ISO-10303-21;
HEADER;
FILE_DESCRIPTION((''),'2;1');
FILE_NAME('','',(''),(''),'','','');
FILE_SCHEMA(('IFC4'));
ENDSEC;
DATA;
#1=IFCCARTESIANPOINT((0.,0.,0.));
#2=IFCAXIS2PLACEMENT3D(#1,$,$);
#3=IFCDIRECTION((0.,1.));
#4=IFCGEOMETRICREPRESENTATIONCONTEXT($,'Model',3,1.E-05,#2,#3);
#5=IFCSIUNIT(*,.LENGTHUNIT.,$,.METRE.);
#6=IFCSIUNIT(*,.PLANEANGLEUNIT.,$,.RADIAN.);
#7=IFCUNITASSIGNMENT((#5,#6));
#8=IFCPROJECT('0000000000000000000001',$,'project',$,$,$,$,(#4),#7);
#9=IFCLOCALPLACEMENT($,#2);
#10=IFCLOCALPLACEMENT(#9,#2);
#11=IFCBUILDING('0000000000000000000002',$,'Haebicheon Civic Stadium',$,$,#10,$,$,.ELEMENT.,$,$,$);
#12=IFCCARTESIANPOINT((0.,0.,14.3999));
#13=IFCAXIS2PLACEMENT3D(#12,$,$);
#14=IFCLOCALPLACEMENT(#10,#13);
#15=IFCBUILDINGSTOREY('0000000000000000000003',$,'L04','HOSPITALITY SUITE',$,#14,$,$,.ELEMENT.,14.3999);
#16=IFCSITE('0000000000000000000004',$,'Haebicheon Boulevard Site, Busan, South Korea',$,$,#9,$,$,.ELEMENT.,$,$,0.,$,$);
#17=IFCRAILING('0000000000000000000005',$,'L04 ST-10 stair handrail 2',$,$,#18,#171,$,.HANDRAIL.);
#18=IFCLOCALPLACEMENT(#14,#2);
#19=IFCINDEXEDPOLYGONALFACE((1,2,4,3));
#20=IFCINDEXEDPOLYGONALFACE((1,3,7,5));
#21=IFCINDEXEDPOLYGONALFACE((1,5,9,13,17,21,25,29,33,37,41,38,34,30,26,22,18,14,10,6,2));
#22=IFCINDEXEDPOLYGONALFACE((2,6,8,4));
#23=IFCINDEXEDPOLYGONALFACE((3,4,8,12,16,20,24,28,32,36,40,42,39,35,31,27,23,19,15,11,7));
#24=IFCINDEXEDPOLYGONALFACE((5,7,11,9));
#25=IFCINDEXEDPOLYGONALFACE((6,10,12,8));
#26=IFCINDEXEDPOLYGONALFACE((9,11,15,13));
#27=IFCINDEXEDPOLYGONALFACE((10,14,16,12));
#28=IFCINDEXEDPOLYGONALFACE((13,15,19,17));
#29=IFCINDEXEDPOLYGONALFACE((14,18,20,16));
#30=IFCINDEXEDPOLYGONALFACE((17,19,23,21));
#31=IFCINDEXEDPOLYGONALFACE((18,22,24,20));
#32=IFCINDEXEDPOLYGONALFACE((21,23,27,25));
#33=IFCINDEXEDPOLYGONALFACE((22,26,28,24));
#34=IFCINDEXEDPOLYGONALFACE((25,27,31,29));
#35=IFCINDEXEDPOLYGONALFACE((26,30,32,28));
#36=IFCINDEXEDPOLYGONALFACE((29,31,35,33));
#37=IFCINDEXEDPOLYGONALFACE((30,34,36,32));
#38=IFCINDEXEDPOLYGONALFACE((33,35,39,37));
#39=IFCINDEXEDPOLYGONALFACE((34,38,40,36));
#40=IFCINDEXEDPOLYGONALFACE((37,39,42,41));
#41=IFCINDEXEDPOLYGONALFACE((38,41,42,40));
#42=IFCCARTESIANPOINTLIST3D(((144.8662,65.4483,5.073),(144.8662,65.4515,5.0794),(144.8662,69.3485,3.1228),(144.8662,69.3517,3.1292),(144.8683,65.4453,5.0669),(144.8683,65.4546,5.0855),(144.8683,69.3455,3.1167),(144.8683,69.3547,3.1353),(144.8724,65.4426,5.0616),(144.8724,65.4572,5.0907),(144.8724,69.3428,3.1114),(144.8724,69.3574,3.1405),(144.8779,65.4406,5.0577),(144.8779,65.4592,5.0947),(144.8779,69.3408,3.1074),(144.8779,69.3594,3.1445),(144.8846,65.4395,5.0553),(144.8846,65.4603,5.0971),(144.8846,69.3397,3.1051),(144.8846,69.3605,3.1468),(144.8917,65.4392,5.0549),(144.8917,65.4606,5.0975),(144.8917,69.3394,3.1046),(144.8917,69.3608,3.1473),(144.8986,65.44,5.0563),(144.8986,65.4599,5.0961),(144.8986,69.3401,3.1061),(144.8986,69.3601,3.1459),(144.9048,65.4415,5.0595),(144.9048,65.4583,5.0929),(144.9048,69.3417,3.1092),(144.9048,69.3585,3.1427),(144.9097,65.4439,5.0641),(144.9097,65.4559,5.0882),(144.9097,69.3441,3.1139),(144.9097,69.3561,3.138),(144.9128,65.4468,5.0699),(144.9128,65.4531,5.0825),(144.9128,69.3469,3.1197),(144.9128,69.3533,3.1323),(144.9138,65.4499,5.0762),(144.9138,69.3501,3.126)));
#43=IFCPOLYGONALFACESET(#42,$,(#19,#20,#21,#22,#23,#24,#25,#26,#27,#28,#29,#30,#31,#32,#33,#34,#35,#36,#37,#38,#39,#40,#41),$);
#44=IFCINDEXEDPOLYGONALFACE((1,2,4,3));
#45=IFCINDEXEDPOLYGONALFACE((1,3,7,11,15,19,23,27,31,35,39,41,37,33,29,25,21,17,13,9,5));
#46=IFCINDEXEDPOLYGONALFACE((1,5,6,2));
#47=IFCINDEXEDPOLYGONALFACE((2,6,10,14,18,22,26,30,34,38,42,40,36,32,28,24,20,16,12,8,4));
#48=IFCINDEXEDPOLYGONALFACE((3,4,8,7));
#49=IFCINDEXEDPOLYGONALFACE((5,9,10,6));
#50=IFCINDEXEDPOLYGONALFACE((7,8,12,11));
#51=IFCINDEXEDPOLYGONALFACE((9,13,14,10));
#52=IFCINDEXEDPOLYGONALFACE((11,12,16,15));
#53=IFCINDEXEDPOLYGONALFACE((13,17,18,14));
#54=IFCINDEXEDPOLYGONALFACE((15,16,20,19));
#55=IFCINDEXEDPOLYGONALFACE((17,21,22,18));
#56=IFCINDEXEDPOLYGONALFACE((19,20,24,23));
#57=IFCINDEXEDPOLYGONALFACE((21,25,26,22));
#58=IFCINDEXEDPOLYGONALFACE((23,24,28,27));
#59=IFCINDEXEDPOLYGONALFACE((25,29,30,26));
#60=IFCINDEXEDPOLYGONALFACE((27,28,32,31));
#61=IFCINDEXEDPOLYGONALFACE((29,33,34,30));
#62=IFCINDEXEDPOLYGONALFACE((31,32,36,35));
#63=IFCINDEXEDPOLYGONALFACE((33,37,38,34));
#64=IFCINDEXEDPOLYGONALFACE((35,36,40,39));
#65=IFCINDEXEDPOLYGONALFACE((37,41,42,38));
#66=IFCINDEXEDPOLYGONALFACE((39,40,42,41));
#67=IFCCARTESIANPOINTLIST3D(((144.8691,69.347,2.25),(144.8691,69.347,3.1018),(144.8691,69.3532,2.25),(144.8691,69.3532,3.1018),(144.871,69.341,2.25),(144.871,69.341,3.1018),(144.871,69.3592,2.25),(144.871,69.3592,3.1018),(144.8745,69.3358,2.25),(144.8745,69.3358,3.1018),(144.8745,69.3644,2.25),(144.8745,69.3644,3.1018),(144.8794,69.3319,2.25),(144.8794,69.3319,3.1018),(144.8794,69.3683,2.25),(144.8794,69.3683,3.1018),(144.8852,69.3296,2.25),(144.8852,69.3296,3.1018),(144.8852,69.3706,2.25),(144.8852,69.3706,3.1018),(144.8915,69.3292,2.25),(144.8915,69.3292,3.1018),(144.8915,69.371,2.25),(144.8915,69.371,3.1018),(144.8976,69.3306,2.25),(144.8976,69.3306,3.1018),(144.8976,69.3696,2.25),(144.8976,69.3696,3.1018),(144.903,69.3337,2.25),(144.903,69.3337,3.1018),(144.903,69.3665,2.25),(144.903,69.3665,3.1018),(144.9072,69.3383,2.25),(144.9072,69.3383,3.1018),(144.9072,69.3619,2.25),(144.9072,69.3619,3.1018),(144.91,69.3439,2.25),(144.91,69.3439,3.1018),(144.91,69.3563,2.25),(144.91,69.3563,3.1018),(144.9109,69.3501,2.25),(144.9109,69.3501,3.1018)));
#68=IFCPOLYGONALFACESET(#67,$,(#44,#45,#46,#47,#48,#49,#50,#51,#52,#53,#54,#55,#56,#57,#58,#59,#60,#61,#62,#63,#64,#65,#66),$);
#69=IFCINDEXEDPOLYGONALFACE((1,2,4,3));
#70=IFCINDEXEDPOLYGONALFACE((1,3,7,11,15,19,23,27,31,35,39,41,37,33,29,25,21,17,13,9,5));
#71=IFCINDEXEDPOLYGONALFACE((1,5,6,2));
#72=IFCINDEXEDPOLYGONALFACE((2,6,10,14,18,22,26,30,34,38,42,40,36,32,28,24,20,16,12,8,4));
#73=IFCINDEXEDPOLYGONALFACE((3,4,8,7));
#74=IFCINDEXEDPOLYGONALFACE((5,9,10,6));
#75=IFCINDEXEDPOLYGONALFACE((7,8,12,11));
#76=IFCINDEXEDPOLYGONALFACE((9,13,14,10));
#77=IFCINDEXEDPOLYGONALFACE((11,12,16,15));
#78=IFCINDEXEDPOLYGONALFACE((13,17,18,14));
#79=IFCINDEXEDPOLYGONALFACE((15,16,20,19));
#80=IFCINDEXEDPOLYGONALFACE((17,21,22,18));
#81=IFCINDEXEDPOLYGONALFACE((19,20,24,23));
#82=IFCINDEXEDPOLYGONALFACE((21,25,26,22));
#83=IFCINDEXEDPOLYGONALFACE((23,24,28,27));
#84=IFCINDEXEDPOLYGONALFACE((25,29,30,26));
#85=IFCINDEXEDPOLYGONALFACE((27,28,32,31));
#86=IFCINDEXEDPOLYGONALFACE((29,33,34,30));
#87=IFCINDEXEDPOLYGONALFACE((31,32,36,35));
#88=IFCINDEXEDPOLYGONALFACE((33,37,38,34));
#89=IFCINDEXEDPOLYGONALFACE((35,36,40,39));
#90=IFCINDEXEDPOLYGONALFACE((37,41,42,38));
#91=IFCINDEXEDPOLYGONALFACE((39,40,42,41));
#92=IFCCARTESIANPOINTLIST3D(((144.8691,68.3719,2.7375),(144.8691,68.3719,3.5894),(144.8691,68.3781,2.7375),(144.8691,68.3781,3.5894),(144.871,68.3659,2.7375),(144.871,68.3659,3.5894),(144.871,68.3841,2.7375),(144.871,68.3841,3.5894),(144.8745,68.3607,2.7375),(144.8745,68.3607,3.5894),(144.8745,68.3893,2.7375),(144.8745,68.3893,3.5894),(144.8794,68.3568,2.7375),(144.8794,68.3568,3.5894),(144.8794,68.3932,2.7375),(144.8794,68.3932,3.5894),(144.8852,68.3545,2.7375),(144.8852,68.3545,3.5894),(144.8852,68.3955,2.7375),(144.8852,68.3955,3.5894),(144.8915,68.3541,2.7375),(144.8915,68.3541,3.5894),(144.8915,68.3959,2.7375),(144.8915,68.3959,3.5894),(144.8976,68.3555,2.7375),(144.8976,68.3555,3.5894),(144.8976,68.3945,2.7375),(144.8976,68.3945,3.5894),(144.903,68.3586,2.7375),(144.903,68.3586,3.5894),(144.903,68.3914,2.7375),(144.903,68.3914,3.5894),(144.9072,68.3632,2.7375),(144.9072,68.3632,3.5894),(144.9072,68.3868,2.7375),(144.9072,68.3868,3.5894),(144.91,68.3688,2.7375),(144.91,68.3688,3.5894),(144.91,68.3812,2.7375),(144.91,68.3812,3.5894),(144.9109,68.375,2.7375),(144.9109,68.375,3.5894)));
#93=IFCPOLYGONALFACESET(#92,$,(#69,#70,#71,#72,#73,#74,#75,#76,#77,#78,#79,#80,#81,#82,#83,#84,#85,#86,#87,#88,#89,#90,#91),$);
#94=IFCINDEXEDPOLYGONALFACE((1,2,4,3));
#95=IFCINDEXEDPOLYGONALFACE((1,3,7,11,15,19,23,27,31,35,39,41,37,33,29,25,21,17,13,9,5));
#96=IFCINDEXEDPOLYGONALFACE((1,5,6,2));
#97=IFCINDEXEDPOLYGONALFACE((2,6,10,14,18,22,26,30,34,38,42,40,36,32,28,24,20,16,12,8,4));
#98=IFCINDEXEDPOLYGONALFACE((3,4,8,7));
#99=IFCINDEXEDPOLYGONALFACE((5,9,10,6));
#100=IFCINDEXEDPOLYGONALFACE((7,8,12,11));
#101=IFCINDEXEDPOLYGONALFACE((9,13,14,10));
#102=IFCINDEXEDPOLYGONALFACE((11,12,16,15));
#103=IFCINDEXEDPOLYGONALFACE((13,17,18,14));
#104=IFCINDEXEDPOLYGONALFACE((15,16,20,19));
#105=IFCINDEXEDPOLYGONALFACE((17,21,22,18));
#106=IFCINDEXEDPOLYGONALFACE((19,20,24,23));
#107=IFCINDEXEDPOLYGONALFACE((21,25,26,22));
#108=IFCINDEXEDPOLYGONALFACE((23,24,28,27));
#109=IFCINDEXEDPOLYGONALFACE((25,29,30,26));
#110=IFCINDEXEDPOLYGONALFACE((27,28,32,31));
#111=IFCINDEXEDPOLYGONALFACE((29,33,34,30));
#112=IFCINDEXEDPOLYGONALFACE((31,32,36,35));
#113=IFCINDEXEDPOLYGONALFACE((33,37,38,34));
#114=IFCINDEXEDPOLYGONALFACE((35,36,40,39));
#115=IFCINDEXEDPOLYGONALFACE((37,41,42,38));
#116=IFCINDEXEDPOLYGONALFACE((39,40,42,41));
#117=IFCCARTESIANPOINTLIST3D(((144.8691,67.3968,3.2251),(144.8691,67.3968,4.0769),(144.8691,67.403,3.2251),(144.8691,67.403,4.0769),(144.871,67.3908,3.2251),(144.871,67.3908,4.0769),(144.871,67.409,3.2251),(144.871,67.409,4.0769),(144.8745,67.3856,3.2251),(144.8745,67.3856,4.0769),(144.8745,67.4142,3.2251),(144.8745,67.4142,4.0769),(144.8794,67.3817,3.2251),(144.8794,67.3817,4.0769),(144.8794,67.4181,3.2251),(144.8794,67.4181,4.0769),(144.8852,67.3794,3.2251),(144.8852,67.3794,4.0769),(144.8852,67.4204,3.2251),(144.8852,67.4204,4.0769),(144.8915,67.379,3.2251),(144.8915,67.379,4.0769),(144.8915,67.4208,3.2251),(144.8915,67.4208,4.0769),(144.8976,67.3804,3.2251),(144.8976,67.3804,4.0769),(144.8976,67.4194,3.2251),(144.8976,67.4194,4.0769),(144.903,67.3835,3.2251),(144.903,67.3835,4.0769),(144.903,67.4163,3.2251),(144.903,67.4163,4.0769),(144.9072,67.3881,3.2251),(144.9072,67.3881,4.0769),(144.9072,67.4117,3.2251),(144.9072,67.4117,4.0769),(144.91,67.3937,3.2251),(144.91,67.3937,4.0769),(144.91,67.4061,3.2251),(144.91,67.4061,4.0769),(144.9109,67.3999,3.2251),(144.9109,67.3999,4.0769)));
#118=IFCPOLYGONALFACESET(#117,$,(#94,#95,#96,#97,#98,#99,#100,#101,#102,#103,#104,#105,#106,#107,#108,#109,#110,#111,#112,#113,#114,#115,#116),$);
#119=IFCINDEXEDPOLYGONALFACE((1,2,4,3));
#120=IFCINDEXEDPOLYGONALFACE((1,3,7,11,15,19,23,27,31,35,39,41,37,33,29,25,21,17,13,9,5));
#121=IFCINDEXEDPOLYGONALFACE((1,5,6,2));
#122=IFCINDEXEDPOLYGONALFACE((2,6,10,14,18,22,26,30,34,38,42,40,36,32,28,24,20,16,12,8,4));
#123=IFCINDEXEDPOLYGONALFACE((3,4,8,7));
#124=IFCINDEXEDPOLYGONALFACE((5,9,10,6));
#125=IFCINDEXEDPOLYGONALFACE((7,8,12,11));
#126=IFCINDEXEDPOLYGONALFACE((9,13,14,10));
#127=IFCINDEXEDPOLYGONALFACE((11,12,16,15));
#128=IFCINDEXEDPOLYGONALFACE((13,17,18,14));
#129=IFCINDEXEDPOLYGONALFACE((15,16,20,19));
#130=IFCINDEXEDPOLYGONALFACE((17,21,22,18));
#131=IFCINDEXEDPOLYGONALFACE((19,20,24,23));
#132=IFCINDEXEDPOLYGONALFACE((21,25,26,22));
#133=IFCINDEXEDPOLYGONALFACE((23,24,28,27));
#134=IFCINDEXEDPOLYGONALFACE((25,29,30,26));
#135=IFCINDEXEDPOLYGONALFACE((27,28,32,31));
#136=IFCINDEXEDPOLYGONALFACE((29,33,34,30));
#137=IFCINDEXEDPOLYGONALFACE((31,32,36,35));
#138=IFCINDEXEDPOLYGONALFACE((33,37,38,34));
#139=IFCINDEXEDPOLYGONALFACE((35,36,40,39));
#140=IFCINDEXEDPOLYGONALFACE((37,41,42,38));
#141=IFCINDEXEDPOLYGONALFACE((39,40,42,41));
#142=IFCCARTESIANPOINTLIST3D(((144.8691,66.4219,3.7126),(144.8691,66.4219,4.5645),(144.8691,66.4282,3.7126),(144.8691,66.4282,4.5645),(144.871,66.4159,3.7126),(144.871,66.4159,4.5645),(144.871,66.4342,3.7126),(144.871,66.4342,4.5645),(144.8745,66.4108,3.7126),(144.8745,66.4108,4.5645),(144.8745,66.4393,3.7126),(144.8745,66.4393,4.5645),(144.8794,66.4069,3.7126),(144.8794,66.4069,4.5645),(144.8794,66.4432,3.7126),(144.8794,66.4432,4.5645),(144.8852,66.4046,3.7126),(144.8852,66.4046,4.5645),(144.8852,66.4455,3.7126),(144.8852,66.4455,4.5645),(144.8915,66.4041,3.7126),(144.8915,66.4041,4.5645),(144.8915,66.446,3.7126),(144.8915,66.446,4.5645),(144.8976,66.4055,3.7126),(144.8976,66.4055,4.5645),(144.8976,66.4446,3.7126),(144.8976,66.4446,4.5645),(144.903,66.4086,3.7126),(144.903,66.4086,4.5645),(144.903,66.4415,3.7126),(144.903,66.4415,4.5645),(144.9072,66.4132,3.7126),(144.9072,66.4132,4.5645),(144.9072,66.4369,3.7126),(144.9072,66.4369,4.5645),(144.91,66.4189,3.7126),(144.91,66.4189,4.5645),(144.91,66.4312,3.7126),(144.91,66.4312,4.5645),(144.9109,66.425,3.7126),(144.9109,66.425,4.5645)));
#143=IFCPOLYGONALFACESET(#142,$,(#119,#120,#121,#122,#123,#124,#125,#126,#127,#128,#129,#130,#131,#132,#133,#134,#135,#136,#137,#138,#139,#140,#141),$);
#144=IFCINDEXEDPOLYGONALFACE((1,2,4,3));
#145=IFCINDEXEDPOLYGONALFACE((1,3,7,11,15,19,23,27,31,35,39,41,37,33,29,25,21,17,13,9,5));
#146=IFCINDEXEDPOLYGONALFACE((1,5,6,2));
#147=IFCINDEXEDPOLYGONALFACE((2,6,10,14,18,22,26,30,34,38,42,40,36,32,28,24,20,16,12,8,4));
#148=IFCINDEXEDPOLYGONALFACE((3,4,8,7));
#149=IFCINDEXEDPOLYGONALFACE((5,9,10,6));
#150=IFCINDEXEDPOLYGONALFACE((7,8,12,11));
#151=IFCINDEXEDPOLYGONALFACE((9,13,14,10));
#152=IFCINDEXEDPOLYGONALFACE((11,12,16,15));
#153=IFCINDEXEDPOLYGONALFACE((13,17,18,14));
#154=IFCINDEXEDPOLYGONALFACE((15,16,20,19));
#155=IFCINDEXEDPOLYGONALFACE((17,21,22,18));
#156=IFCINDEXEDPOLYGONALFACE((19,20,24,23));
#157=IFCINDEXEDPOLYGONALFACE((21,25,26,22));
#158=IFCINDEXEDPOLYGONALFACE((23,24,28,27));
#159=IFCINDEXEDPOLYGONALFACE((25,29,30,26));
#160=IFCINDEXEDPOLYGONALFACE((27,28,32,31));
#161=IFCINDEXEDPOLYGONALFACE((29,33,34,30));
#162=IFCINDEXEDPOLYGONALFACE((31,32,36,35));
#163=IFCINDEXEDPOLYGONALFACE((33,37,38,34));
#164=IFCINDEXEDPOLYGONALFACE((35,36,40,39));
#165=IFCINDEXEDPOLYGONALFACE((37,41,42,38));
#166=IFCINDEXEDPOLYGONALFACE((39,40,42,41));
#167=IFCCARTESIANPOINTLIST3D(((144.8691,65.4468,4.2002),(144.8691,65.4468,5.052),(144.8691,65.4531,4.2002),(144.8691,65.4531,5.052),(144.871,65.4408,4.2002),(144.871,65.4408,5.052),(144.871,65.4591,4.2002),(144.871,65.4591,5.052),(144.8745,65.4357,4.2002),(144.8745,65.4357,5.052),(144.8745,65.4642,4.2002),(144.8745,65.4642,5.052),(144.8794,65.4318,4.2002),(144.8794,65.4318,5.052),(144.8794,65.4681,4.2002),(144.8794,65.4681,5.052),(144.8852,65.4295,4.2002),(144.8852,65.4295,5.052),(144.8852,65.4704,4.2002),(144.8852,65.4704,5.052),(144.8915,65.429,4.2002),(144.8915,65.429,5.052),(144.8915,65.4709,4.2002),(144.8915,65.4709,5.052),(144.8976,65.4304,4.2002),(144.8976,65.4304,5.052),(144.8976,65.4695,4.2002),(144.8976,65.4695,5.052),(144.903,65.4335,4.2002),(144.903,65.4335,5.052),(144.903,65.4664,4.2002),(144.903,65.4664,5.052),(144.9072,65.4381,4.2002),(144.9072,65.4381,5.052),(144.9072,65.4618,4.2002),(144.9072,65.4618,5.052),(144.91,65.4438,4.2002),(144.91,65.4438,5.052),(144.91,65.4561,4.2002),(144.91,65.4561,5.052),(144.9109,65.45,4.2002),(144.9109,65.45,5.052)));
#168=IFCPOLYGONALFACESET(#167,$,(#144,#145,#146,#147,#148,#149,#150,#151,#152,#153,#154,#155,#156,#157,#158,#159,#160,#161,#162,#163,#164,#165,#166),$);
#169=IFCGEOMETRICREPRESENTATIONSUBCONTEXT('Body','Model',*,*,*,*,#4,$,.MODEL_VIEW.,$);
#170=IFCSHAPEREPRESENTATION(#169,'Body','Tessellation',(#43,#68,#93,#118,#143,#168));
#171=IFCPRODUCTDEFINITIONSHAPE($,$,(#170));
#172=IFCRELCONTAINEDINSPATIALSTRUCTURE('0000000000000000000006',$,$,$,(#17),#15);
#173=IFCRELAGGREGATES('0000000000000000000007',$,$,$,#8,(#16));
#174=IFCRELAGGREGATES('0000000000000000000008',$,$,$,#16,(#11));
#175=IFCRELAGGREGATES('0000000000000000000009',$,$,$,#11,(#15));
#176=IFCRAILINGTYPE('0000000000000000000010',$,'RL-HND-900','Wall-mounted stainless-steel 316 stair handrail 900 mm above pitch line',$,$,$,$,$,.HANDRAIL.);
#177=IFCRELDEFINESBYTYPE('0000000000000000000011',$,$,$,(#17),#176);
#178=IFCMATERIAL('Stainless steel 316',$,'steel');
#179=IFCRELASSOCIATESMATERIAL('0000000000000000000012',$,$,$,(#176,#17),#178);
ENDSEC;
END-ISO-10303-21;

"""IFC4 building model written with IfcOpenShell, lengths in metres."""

from ifc_helpers import new_model, si_unit, direction, frame, origin, origin_2d, place, context, subcontext, project, spatial, circle, extrude, material, type_object, element, save


model = new_model("IFC4")

# Units and contexts
model_context = context("Model", 3, precision=1e-05, world=origin(), true_north=direction((0.0, 1.0)))
body_context = subcontext(model_context, "Body", "Model", "MODEL_VIEW")
ifc_project = project(units=[si_unit("LENGTHUNIT", "METRE"), si_unit("PLANEANGLEUNIT", "RADIAN")], contexts=[model_context])

# Site, building, storey
site_placement = place(None, origin())
site = spatial("IfcSite", under=ifc_project, at=site_placement, Name="Haebicheon Boulevard Site, Busan, South Korea", CompositionType="ELEMENT", RefElevation=0.0)
building_placement = place(site_placement, origin())
building = spatial("IfcBuilding", under=site, at=building_placement, Name="Haebicheon Civic Stadium", CompositionType="ELEMENT")
storey_placement = place(building_placement, frame((0.0, 0.0, 14.3999)))
storey = spatial("IfcBuildingStorey", under=building, at=storey_placement, Name="L04", Description="HOSPITALITY SUITE", CompositionType="ELEMENT", Elevation=14.3999)

# Railing
ifc_material_1 = material(Name="Stainless steel 316", Category="steel")
railing_type_1 = type_object("IfcRailingType", Name="RL-HND-900", Description="Wall-mounted stainless-steel 316 stair handrail 900 mm above pitch line", PredefinedType="HANDRAIL", material=ifc_material_1)
railing_1_placement = place(storey_placement, frame((144.8899, 69.3501, 2.25)))
element("IfcRailing", 1, at=railing_1_placement, inside=storey, type_object=railing_type_1, material=ifc_material_1, Name="L04 ST-10 stair handrail 2", PredefinedType="HANDRAIL", context=body_context, shape_type="SweptSolid", body=[
    extrude(circle(Radius=0.0239, at=origin_2d()), frame((0.0, 0.0, 0.876), z_axis=(0.0, -0.894416, 0.447236), x_axis=(1.0, 0.0, 0.0)), (0.0, 0.0, 1.0), 4.3606),
    extrude(circle(Radius=0.021, at=origin_2d()), origin(), (0.0, 0.0, 1.0), 0.8518),
    extrude(circle(Radius=0.021, at=origin_2d()), frame((0.0, -0.9751, 0.4875)), (0.0, 0.0, 1.0), 0.8518),
    extrude(circle(Radius=0.021, at=origin_2d()), frame((0.0, -1.9502, 0.9751)), (0.0, 0.0, 1.0), 0.8518),
    extrude(circle(Radius=0.021, at=origin_2d()), frame((0.0, -2.925, 1.4626)), (0.0, 0.0, 1.0), 0.8518),
    extrude(circle(Radius=0.021, at=origin_2d()), frame((0.0, -3.9001, 1.9502)), (0.0, 0.0, 1.0), 0.8518),
])

save(model, "model.ifc")
